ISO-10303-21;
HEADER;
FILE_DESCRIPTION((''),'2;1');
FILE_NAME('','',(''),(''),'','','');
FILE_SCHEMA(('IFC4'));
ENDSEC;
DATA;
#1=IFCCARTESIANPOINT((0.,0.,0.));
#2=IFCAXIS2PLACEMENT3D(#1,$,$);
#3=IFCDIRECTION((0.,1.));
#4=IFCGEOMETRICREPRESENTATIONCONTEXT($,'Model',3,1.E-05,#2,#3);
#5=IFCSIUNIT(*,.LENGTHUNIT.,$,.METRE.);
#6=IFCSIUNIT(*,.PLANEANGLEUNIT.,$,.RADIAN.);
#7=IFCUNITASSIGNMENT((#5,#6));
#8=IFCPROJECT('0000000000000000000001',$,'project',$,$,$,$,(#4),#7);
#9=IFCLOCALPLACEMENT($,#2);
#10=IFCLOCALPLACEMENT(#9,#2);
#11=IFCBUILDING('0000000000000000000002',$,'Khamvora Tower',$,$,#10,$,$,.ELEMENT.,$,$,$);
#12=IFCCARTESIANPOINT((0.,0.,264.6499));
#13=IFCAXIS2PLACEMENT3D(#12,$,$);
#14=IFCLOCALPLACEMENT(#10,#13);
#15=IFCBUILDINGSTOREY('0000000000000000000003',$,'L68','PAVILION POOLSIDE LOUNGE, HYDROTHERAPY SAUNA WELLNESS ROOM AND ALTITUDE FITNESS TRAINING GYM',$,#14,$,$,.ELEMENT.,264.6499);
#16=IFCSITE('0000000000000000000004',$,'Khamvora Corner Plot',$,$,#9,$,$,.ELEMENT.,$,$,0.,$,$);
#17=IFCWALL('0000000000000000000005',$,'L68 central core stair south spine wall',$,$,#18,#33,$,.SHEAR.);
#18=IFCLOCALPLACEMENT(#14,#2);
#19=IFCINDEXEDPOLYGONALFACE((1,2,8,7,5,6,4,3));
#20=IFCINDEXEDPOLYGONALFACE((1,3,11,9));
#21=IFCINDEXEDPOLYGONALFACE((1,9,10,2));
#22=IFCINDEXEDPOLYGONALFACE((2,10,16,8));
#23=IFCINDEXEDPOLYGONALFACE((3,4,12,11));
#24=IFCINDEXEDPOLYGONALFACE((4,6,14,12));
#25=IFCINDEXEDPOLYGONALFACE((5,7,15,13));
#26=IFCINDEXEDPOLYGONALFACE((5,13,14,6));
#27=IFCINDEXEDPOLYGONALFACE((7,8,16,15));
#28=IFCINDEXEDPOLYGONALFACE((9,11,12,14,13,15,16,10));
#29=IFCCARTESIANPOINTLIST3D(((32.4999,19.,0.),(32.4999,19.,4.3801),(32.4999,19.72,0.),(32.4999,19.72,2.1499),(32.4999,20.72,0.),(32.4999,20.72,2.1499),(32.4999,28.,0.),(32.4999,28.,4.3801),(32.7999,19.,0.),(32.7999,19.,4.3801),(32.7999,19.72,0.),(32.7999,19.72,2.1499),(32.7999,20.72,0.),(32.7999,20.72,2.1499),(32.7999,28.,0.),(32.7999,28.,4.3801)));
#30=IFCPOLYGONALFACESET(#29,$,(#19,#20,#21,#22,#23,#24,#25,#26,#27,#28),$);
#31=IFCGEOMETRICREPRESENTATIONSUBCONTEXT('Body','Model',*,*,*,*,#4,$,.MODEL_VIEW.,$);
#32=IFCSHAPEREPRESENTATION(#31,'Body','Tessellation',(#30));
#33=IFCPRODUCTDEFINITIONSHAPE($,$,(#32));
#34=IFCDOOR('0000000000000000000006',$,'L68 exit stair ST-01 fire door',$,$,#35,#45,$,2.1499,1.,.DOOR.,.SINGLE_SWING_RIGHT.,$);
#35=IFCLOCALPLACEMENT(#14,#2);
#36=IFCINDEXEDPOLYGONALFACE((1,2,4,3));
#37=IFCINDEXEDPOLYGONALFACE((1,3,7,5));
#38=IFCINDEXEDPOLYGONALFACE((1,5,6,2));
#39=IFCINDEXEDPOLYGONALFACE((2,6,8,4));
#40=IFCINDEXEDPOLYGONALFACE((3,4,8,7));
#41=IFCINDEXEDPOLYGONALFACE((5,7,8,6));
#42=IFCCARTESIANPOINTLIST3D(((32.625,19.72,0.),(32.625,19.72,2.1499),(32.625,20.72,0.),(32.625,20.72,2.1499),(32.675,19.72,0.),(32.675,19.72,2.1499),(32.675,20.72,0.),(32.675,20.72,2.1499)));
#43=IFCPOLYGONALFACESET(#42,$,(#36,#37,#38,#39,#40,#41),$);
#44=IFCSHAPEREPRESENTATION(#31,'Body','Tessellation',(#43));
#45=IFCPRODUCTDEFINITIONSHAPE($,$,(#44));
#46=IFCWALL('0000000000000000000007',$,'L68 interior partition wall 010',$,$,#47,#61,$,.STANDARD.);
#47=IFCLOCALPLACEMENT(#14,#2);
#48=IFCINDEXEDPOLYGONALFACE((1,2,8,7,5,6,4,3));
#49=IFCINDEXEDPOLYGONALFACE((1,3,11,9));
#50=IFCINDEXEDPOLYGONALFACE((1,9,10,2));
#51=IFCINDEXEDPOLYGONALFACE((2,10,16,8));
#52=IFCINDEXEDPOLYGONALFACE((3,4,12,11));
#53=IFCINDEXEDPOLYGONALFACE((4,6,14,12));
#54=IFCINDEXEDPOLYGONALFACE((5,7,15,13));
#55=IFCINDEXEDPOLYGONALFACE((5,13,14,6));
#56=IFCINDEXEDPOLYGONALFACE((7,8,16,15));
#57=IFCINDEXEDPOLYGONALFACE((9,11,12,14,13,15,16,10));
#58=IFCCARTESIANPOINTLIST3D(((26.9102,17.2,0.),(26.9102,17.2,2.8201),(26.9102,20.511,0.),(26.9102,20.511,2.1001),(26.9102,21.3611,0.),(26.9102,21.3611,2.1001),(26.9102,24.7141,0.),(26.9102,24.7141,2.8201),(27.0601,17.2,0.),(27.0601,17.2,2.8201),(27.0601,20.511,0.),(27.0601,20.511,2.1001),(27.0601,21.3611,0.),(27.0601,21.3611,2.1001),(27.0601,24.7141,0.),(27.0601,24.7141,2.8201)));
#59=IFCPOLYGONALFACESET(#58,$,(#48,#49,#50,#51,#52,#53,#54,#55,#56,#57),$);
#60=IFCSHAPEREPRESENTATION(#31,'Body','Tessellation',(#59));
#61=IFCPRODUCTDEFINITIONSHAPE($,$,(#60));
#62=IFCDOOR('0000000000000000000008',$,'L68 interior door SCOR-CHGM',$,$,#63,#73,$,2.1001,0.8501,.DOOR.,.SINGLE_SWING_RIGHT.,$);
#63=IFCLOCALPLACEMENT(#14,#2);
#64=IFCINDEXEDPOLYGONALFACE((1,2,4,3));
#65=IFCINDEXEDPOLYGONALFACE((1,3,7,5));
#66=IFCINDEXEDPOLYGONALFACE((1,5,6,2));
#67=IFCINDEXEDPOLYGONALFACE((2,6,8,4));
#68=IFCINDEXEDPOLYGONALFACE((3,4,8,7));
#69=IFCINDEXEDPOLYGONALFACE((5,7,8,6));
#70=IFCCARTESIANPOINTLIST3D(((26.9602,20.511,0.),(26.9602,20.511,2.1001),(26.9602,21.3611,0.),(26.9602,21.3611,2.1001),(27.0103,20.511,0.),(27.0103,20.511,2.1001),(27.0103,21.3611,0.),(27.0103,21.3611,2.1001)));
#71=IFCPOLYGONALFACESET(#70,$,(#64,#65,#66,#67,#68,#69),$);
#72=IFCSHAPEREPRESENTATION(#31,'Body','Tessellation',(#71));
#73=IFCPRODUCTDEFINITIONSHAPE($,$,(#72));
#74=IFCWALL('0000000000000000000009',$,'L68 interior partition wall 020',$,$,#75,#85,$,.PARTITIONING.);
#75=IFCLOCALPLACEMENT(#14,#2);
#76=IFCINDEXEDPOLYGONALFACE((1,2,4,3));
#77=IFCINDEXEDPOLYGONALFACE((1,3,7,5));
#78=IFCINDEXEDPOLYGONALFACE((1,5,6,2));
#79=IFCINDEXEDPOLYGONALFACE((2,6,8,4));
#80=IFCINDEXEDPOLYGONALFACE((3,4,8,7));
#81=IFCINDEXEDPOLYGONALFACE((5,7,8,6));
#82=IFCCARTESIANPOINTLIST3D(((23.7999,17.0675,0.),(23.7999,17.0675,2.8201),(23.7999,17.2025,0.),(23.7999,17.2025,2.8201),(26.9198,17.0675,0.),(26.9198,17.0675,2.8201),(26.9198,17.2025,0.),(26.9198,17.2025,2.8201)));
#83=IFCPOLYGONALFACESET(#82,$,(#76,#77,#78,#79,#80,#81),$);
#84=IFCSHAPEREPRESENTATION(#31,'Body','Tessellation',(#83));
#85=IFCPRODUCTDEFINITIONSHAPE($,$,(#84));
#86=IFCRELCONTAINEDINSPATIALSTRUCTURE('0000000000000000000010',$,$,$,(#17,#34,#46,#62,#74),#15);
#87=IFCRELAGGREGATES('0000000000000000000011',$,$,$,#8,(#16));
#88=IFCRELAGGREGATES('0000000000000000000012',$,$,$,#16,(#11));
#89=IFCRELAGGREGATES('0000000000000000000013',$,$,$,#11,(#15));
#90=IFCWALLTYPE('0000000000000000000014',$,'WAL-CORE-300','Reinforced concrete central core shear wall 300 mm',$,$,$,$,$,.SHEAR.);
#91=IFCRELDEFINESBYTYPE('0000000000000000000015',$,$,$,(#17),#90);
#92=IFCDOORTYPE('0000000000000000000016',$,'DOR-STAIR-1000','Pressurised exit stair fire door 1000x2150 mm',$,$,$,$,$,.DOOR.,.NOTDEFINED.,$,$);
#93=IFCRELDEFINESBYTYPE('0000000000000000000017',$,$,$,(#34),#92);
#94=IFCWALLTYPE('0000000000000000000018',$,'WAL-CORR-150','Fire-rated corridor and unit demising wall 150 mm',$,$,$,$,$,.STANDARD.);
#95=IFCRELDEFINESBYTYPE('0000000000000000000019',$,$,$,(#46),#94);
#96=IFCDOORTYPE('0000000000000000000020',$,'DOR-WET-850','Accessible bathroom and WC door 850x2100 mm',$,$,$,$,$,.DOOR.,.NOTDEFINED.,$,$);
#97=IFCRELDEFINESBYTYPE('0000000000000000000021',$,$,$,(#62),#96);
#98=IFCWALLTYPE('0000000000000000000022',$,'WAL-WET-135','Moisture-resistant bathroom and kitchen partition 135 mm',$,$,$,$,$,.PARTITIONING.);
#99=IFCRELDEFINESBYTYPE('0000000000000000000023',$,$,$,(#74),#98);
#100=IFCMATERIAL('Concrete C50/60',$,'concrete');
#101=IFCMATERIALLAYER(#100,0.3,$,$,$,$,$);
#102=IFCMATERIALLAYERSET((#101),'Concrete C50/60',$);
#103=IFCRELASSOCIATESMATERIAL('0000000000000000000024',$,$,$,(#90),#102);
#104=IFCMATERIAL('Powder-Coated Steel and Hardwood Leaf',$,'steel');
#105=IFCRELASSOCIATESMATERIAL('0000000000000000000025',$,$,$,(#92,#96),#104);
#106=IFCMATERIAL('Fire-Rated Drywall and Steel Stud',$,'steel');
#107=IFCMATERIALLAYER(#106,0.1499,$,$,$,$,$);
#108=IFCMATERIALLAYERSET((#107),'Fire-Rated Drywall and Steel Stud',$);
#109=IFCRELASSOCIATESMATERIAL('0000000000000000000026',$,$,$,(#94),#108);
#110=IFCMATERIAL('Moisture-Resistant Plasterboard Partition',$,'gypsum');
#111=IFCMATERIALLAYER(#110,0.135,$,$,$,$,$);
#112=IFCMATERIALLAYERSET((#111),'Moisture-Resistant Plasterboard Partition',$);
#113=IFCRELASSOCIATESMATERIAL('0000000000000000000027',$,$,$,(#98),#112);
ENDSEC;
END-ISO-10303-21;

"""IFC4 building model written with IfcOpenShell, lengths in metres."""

from ifc_helpers import new_model, si_unit, direction, frame, frame_2d, origin, place, context, subcontext, project, spatial, rectangle, extrude, material, layer, layer_set, type_object, element, fill, save


model = new_model("IFC4")

# Units and contexts
model_context = context("Model", 3, precision=1e-05, world=origin(), true_north=direction((0.0, 1.0)))
body_context = subcontext(model_context, "Body", "Model", "MODEL_VIEW")
ifc_project = project(units=[si_unit("LENGTHUNIT", "METRE"), si_unit("PLANEANGLEUNIT", "RADIAN")], contexts=[model_context])

# Site, building, storey
site_placement = place(None, origin())
site = spatial("IfcSite", under=ifc_project, at=site_placement, Name="Khamvora Corner Plot", CompositionType="ELEMENT", RefElevation=0.0)
building_placement = place(site_placement, origin())
building = spatial("IfcBuilding", under=site, at=building_placement, Name="Khamvora Tower", CompositionType="ELEMENT")
storey_placement = place(building_placement, frame((0.0, 0.0, 264.6499)))
storey = spatial("IfcBuildingStorey", under=building, at=storey_placement, Name="L68", Description="PAVILION POOLSIDE LOUNGE, HYDROTHERAPY SAUNA WELLNESS ROOM AND ALTITUDE FITNESS TRAINING GYM", CompositionType="ELEMENT", Elevation=264.6499)

# Shared definitions
ifc_material_1 = material(Name="Concrete C50/60", Category="concrete")
ifc_layer_1 = layer(ifc_material_1, 0.3)
ifc_layer_set_1 = layer_set([ifc_layer_1], Name="Concrete C50/60")
wall_type_1 = type_object("IfcWallType", Name="WAL-CORE-300", Description="Reinforced concrete central core shear wall 300 mm", PredefinedType="SHEAR", material=ifc_layer_set_1)

# Walls, openings, doors
ifc_material_2 = material(Name="Powder-Coated Steel and Hardwood Leaf", Category="steel")
wall_1_placement = place(storey_placement, frame((32.6499, 19.0, 0.0), z_axis=(0.0, 0.0, 1.0), x_axis=(0.0, 1.0, 0.0)))
wall_1 = element("IfcWall", 1, at=wall_1_placement, inside=storey, type_object=wall_type_1, Name="L68 central core stair south spine wall", PredefinedType="SHEAR", context=body_context, shape_type="SweptSolid", body=[
    extrude(rectangle(XDim=9.0, YDim=0.3, at=frame_2d((4.5, 0.0))), origin(), (0.0, 0.0, 1.0), 4.3801),
])
opening_1_placement = place(wall_1_placement, frame((0.72, 0.0, 0.0)))
opening_1 = element("IfcOpeningElement", 2, at=opening_1_placement, cuts=wall_1, PredefinedType="OPENING", context=body_context, shape_type="SweptSolid", body=[
    extrude(rectangle(XDim=1.0, YDim=2.1499, at=frame_2d((0.5, 1.075))), frame((0.0, 0.1599, 0.0), z_axis=(0.0, -1.0, 0.0), x_axis=(1.0, 0.0, 0.0)), (0.0, 0.0, 1.0), 0.3201),
])
door_type_1 = type_object("IfcDoorType", Name="DOR-STAIR-1000", Description="Pressurised exit stair fire door 1000x2150 mm", OperationType="NOTDEFINED", PredefinedType="DOOR", material=ifc_material_2)
door_1_placement = place(opening_1_placement, origin())
door_1 = element("IfcDoor", 3, at=door_1_placement, inside=storey, type_object=door_type_1, Name="L68 exit stair ST-01 fire door", OperationType="SINGLE_SWING_RIGHT", OverallHeight=2.1499, OverallWidth=1.0, PredefinedType="DOOR", context=body_context, shape_type="SweptSolid", body=[
    extrude(rectangle(XDim=1.0, YDim=2.1499, at=frame_2d((0.5, 1.075))), frame((0.0, 0.0249, 0.0), z_axis=(0.0, -1.0, 0.0), x_axis=(1.0, 0.0, 0.0)), (0.0, 0.0, 1.0), 0.05),
])
fill(opening_1, door_1)
ifc_material_3 = material(Name="Fire-Rated Drywall and Steel Stud", Category="steel")
ifc_layer_2 = layer(ifc_material_3, 0.1499)
ifc_layer_set_2 = layer_set([ifc_layer_2], Name="Fire-Rated Drywall and Steel Stud")
wall_type_2 = type_object("IfcWallType", Name="WAL-CORR-150", Description="Fire-rated corridor and unit demising wall 150 mm", PredefinedType="STANDARD", material=ifc_layer_set_2)
wall_2_placement = place(storey_placement, frame((26.9851, 17.2, 0.0), z_axis=(0.0, 0.0, 1.0), x_axis=(0.0, 1.0, 0.0)))
wall_2 = element("IfcWall", 4, at=wall_2_placement, inside=storey, type_object=wall_type_2, Name="L68 interior partition wall 010", PredefinedType="STANDARD", context=body_context, shape_type="SweptSolid", body=[
    extrude(rectangle(XDim=7.5142, YDim=0.1499, at=frame_2d((3.7571, 0.0))), origin(), (0.0, 0.0, 1.0), 2.8201),
])
opening_2_placement = place(wall_2_placement, frame((3.311, 0.0, 0.0)))
opening_2 = element("IfcOpeningElement", 5, at=opening_2_placement, cuts=wall_2, PredefinedType="OPENING", context=body_context, shape_type="SweptSolid", body=[
    extrude(rectangle(XDim=0.8501, YDim=2.1001, at=frame_2d((0.425, 1.05))), frame((0.0, 0.085, 0.0), z_axis=(0.0, -1.0, 0.0), x_axis=(1.0, 0.0, 0.0)), (0.0, 0.0, 1.0), 0.1699),
])
door_type_2 = type_object("IfcDoorType", Name="DOR-WET-850", Description="Accessible bathroom and WC door 850x2100 mm", OperationType="NOTDEFINED", PredefinedType="DOOR", material=ifc_material_2)
door_2_placement = place(opening_2_placement, origin())
door_2 = element("IfcDoor", 6, at=door_2_placement, inside=storey, type_object=door_type_2, Name="L68 interior door SCOR-CHGM", OperationType="SINGLE_SWING_RIGHT", OverallHeight=2.1001, OverallWidth=0.8501, PredefinedType="DOOR", context=body_context, shape_type="SweptSolid", body=[
    extrude(rectangle(XDim=0.8501, YDim=2.1001, at=frame_2d((0.425, 1.05))), frame((0.0, 0.0249, 0.0), z_axis=(0.0, -1.0, 0.0), x_axis=(1.0, 0.0, 0.0)), (0.0, 0.0, 1.0), 0.05),
])
fill(opening_2, door_2)

# Wall
ifc_material_4 = material(Name="Moisture-Resistant Plasterboard Partition", Category="gypsum")
ifc_layer_3 = layer(ifc_material_4, 0.135)
ifc_layer_set_3 = layer_set([ifc_layer_3], Name="Moisture-Resistant Plasterboard Partition")
wall_type_3 = type_object("IfcWallType", Name="WAL-WET-135", Description="Moisture-resistant bathroom and kitchen partition 135 mm", PredefinedType="PARTITIONING", material=ifc_layer_set_3)
wall_3_placement = place(storey_placement, frame((26.9199, 17.135, 0.0), z_axis=(0.0, 0.0, 1.0), x_axis=(-1.0, 0.0, 0.0)))
element("IfcWall", 7, at=wall_3_placement, inside=storey, type_object=wall_type_3, Name="L68 interior partition wall 020", PredefinedType="PARTITIONING", context=body_context, shape_type="SweptSolid", body=[
    extrude(rectangle(XDim=3.1199, YDim=0.135, at=frame_2d((1.5601, 0.0))), origin(), (0.0, 0.0, 1.0), 2.8201),
])

save(model, "model.ifc")
